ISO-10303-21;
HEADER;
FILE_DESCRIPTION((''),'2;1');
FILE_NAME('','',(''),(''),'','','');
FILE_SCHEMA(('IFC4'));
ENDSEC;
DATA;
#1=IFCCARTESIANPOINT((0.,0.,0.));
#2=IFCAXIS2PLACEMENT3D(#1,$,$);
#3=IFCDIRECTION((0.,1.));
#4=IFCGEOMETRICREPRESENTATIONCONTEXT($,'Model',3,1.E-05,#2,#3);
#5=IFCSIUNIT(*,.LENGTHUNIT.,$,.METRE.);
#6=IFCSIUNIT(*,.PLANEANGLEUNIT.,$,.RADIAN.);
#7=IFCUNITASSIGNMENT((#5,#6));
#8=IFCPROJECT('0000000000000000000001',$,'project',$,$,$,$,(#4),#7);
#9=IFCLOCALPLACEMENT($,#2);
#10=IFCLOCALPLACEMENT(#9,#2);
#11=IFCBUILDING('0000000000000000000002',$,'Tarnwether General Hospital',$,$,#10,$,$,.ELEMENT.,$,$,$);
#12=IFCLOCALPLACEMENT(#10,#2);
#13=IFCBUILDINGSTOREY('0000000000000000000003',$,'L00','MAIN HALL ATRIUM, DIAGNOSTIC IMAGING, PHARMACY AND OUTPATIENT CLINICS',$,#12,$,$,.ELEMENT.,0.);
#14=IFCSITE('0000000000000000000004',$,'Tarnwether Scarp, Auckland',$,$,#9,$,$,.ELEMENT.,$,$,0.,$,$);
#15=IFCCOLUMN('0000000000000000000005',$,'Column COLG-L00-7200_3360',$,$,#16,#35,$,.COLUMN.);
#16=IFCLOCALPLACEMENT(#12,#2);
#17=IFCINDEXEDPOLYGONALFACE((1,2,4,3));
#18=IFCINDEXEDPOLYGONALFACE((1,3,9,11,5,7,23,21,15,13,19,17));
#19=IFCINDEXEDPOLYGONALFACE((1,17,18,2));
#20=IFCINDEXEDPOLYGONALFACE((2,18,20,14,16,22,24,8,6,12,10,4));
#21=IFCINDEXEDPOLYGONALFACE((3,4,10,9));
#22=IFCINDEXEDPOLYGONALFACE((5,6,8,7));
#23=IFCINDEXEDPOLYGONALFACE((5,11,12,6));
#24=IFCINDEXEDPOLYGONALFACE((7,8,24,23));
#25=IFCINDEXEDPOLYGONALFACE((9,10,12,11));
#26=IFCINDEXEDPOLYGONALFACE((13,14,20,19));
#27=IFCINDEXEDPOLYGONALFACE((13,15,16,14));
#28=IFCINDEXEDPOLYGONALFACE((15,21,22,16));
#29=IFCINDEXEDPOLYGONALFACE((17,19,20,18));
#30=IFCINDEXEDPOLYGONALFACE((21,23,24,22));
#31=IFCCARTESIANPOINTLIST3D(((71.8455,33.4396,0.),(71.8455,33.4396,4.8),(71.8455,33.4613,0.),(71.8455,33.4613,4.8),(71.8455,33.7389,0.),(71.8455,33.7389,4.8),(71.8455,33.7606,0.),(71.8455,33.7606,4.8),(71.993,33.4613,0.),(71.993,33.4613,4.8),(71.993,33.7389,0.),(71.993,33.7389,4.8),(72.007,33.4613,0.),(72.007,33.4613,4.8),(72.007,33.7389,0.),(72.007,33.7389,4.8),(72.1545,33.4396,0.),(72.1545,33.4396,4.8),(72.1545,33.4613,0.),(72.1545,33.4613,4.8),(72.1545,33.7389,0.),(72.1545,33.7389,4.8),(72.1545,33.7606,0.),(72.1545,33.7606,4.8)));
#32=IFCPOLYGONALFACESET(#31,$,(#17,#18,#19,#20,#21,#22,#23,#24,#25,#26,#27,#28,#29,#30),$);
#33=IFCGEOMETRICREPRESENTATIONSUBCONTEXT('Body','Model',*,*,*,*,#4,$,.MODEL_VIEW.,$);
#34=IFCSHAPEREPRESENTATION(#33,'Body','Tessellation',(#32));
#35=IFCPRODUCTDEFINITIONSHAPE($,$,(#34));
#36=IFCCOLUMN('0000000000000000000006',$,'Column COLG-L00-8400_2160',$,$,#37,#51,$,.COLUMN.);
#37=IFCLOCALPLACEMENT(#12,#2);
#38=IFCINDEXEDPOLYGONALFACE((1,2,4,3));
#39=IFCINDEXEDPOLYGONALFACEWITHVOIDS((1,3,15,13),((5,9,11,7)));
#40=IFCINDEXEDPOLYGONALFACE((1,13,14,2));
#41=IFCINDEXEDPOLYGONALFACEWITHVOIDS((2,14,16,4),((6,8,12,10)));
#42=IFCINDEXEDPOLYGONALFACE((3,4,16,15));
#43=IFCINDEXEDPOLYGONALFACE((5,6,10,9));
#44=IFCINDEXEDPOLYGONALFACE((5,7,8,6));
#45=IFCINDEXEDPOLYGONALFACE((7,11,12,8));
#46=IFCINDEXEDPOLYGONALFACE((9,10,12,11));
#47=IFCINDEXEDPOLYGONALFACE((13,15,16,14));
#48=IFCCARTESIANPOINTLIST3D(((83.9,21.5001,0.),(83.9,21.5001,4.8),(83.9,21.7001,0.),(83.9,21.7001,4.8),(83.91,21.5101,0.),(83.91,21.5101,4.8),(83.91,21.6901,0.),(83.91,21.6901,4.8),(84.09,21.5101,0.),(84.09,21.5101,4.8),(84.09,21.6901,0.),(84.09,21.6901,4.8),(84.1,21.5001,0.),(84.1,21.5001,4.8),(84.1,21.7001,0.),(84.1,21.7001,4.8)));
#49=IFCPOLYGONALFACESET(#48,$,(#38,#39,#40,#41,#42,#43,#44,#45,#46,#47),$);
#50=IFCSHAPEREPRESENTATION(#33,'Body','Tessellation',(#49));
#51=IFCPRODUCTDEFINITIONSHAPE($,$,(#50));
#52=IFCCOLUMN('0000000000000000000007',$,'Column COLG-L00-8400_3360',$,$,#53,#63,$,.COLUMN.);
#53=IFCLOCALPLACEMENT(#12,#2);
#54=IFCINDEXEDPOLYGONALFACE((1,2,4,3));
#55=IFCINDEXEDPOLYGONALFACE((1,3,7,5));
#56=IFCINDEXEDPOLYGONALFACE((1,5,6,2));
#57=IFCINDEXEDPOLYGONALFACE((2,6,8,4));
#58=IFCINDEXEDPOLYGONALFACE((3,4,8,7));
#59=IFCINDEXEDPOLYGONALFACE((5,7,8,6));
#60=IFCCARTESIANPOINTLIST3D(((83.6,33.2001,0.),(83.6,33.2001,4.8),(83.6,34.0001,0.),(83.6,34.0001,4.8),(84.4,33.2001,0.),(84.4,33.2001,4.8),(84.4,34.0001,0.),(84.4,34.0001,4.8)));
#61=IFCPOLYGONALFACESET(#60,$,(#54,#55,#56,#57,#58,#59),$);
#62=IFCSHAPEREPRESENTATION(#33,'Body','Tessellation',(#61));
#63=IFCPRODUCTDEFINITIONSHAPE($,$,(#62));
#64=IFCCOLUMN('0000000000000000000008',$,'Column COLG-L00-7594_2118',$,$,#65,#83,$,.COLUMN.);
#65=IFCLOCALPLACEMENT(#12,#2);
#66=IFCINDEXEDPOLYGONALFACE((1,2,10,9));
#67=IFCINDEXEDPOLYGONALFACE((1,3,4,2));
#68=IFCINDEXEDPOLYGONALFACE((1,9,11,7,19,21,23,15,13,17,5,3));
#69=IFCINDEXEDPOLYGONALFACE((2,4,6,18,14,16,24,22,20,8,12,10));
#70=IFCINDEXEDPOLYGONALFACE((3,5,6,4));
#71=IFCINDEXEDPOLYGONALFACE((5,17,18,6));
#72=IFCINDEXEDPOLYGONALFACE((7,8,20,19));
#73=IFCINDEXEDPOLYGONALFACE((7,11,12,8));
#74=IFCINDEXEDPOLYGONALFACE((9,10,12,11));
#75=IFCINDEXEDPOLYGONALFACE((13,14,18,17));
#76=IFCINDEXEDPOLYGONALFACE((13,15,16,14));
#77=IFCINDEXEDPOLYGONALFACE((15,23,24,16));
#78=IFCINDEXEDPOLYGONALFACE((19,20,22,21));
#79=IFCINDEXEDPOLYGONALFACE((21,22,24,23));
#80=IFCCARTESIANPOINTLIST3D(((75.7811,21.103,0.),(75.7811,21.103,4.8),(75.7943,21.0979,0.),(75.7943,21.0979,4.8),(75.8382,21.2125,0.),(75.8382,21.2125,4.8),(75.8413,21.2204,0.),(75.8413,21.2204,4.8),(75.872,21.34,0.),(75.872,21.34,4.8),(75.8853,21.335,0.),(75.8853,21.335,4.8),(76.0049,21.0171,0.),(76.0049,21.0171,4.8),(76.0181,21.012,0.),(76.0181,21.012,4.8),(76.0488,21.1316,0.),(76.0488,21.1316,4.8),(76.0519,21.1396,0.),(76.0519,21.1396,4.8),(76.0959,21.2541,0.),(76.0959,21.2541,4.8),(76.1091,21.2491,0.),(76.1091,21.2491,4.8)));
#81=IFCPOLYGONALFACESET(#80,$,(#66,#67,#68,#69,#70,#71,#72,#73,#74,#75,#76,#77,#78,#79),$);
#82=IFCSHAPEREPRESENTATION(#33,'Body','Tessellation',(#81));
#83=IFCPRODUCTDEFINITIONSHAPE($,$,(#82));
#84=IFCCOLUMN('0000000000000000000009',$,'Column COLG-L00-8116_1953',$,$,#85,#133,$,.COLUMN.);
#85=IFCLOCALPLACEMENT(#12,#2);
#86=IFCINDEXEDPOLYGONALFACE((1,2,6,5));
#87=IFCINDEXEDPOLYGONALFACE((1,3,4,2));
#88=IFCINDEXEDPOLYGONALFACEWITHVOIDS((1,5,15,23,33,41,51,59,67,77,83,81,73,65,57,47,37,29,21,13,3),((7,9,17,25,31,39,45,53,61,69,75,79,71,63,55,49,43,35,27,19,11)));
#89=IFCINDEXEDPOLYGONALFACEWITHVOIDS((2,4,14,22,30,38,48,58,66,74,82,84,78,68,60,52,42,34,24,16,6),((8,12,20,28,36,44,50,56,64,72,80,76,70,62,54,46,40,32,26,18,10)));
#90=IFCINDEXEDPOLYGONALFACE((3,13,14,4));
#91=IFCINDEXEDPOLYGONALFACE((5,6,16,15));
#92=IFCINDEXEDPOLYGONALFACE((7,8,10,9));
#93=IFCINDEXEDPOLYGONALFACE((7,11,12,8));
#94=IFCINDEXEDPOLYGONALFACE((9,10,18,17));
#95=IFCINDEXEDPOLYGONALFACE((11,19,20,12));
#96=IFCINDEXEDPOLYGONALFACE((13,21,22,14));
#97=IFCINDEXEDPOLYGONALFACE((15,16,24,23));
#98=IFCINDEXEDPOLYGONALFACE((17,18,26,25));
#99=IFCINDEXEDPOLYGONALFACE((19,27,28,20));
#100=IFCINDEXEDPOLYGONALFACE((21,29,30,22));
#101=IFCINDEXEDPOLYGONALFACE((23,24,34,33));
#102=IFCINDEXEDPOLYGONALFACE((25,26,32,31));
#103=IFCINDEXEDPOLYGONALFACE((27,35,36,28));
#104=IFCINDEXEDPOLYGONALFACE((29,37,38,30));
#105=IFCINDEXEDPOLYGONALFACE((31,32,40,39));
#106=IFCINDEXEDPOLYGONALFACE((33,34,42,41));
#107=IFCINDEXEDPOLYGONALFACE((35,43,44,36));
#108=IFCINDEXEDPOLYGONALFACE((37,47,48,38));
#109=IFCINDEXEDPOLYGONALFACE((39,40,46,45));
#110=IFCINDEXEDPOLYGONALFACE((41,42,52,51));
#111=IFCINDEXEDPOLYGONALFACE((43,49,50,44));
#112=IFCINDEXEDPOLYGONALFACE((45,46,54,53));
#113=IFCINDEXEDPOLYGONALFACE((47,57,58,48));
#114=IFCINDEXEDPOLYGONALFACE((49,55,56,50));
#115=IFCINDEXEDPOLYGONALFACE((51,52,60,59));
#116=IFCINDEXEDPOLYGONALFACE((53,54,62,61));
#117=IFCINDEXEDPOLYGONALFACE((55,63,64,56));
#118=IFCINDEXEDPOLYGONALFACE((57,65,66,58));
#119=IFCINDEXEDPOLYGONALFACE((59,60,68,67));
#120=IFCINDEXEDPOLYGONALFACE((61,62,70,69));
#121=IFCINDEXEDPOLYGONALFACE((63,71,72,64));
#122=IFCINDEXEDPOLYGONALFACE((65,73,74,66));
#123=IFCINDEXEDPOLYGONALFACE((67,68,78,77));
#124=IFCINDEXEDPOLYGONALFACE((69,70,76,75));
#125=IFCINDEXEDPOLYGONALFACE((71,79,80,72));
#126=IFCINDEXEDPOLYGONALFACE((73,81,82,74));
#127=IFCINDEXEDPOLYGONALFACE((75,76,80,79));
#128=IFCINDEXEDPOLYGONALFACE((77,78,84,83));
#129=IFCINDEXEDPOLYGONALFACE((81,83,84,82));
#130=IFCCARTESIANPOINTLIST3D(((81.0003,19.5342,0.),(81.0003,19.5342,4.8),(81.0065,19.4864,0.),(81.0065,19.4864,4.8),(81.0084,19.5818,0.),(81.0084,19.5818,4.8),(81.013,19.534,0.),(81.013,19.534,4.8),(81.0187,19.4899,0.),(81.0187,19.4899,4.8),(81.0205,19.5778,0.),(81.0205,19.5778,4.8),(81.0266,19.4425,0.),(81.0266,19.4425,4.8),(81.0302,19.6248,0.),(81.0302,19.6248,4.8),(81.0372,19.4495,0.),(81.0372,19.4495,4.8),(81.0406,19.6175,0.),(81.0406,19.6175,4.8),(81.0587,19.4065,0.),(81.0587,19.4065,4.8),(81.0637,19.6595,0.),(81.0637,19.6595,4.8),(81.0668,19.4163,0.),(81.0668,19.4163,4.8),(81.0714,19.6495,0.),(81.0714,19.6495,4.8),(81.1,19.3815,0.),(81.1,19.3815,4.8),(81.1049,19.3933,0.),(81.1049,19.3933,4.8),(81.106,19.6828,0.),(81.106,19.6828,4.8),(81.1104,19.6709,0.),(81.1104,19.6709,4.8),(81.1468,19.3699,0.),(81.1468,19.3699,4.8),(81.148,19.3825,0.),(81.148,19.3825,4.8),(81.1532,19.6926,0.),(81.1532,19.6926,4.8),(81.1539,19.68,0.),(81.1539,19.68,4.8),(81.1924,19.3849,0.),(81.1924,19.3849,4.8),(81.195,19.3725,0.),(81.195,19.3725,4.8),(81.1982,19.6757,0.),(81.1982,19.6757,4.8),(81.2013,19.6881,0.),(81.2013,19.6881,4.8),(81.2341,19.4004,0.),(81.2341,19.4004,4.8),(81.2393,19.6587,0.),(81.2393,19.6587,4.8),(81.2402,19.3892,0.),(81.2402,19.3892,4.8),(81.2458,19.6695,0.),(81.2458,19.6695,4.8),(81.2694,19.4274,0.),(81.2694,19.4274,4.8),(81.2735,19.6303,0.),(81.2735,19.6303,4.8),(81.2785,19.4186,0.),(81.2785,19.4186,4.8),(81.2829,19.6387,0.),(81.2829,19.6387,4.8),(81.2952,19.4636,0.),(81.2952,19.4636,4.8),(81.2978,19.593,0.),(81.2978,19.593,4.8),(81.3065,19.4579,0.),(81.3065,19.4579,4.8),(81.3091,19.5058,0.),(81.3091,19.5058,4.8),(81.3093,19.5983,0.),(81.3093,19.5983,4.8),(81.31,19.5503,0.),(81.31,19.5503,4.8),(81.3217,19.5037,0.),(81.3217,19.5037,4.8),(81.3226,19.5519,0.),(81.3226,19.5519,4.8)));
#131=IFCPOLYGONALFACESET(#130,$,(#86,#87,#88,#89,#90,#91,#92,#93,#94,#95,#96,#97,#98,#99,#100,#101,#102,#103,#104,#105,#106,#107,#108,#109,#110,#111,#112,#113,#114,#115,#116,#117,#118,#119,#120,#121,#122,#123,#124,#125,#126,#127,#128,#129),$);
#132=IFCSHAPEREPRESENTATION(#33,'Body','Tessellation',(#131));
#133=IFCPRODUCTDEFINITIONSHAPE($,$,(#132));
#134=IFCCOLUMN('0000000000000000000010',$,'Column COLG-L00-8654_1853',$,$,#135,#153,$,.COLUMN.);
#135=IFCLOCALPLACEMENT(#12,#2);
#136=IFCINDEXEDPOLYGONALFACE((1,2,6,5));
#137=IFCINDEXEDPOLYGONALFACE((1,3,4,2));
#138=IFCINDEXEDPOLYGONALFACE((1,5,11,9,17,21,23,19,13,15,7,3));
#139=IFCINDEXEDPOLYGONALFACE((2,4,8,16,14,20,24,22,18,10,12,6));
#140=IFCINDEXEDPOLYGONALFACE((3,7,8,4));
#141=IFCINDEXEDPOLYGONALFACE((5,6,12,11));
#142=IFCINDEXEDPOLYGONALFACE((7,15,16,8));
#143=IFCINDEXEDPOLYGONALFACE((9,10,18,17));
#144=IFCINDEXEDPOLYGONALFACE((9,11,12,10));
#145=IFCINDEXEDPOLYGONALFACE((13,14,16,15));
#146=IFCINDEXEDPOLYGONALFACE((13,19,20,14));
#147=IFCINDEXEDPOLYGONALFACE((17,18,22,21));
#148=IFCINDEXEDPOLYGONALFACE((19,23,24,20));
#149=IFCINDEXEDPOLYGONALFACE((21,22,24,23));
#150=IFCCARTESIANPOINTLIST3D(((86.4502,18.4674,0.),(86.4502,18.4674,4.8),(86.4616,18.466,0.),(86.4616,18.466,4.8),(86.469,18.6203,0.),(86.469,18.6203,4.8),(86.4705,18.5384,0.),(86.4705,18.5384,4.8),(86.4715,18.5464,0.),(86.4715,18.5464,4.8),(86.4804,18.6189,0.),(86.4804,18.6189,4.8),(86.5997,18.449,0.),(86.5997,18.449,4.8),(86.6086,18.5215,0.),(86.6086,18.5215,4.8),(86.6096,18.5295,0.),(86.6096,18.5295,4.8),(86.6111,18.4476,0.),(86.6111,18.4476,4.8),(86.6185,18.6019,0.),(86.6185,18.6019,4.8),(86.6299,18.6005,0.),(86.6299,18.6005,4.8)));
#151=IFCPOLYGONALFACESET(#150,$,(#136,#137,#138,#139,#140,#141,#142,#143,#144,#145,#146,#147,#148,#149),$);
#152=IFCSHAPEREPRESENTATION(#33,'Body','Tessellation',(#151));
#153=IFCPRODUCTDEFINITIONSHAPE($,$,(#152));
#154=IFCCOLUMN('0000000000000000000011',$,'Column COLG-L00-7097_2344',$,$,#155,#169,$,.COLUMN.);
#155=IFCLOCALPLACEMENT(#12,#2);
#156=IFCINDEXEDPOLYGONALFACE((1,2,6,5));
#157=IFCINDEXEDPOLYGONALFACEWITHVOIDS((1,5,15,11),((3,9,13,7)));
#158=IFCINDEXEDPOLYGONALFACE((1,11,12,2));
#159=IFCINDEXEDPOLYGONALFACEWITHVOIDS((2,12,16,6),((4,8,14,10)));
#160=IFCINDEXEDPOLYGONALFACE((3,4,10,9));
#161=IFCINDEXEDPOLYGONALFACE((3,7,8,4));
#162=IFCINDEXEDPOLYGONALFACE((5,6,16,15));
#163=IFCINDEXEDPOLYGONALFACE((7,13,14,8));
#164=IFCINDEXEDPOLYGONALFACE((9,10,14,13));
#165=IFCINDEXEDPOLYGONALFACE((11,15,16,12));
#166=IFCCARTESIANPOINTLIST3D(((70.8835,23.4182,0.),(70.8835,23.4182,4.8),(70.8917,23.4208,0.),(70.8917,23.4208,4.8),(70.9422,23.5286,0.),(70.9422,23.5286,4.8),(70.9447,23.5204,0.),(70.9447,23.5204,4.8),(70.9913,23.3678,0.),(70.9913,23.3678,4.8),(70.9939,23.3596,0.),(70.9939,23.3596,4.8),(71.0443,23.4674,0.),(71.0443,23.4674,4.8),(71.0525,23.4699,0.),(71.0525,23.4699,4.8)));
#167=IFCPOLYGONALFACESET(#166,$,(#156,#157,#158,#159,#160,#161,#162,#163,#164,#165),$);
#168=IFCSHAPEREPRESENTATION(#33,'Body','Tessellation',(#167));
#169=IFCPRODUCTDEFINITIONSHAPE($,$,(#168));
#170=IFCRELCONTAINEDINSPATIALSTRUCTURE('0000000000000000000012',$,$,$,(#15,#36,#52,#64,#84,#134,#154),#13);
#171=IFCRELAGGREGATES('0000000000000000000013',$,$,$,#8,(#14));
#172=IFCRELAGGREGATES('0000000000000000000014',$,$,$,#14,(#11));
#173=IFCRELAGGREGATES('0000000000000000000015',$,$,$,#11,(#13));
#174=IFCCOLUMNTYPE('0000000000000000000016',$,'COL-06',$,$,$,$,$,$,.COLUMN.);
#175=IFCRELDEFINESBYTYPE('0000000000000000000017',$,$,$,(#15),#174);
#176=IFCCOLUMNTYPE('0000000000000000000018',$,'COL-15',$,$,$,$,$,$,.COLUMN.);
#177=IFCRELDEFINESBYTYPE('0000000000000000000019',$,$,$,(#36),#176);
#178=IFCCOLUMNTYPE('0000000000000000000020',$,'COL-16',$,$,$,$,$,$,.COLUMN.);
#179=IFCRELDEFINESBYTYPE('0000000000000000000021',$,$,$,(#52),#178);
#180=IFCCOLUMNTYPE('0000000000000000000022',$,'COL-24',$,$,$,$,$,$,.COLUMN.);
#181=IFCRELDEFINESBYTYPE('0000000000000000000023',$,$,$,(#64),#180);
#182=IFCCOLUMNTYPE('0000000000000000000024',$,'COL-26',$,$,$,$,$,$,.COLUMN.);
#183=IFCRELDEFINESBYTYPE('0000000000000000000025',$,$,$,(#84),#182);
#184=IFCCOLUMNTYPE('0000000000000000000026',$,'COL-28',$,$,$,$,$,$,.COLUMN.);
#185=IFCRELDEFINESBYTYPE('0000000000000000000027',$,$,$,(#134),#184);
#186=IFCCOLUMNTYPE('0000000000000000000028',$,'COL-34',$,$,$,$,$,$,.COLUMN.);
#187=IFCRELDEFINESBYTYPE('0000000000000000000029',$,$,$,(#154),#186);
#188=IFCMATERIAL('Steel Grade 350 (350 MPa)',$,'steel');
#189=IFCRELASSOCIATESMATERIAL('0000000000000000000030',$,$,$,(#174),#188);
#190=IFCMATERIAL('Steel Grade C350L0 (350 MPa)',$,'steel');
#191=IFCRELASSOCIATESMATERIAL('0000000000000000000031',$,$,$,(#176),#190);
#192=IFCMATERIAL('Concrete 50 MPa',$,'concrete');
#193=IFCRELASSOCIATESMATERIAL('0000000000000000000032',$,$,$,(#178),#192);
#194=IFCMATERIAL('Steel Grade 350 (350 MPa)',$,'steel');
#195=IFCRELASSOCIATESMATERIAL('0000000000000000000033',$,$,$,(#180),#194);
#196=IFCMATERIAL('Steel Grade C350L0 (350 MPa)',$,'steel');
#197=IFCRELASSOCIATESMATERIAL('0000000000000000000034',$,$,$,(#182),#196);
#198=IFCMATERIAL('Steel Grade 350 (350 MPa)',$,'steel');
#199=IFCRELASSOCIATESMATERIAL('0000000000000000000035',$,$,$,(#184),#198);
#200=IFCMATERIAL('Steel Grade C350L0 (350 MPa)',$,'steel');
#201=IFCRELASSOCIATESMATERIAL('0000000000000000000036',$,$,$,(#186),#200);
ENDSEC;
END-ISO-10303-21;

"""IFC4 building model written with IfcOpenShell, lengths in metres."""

from ifc_helpers import new_model, si_unit, direction, frame, origin, origin_2d, place, context, subcontext, project, spatial, rectangle, hollow_rectangle, hollow_circle, i_section, extrude, material, material_profile, profile_set, type_object, element, save


model = new_model("IFC4")

# Units and contexts
model_context = context("Model", 3, precision=1e-05, world=origin(), true_north=direction((0.0, 1.0)))
body_context = subcontext(model_context, "Body", "Model", "MODEL_VIEW")
ifc_project = project(units=[si_unit("LENGTHUNIT", "METRE"), si_unit("PLANEANGLEUNIT", "RADIAN")], contexts=[model_context])

# Site, building, storey
site_placement = place(None, origin())
site = spatial("IfcSite", under=ifc_project, at=site_placement, Name="Tarnwether Scarp, Auckland", CompositionType="ELEMENT", RefElevation=0.0)
building_placement = place(site_placement, origin())
building = spatial("IfcBuilding", under=site, at=building_placement, Name="Tarnwether General Hospital", CompositionType="ELEMENT")
storey_placement = place(building_placement, origin())
storey = spatial("IfcBuildingStorey", under=building, at=storey_placement, Name="L00", Description="MAIN HALL ATRIUM, DIAGNOSTIC IMAGING, PHARMACY AND OUTPATIENT CLINICS", CompositionType="ELEMENT", Elevation=0.0)

# Columns
ifc_material_1 = material(Name="Steel Grade 350 (350 MPa)", Category="steel")
ifc_material_profile_1 = material_profile(ifc_material_1, i_section(OverallWidth=0.3091, OverallDepth=0.321, WebThickness=0.0139, FlangeThickness=0.0217, at=origin_2d()), Name="310UC137")
ifc_profile_set_1 = profile_set([ifc_material_profile_1], Name="Steel Grade 350 (350 MPa)")
column_type_1 = type_object("IfcColumnType", Name="COL-06", PredefinedType="COLUMN", material=ifc_profile_set_1)
column_1_placement = place(storey_placement, frame((72.0, 33.6001, 0.0), z_axis=(0.0, 0.0, 1.0), x_axis=(1.0, 0.0, 0.0)))
element("IfcColumn", 1, at=column_1_placement, inside=storey, type_object=column_type_1, Name="Column COLG-L00-7200_3360", PredefinedType="COLUMN", context=body_context, shape_type="SweptSolid", body=[
    extrude(i_section(OverallWidth=0.3091, OverallDepth=0.321, WebThickness=0.0139, FlangeThickness=0.0217, at=origin_2d()), origin(), (0.0, 0.0, 1.0), 4.8),
])
ifc_material_2 = material(Name="Steel Grade C350L0 (350 MPa)", Category="steel")
ifc_material_profile_2 = material_profile(ifc_material_2, hollow_rectangle(XDim=0.2, YDim=0.2, WallThickness=0.01, at=origin_2d()), Name="SHS200x200x10")
ifc_profile_set_2 = profile_set([ifc_material_profile_2], Name="Steel Grade C350L0 (350 MPa)")
column_type_2 = type_object("IfcColumnType", Name="COL-15", PredefinedType="COLUMN", material=ifc_profile_set_2)
column_2_placement = place(storey_placement, frame((84.0, 21.6001, 0.0), z_axis=(0.0, 0.0, 1.0), x_axis=(0.0, 1.0, 0.0)))
element("IfcColumn", 2, at=column_2_placement, inside=storey, type_object=column_type_2, Name="Column COLG-L00-8400_2160", PredefinedType="COLUMN", context=body_context, shape_type="SweptSolid", body=[
    extrude(hollow_rectangle(XDim=0.2, YDim=0.2, WallThickness=0.01, at=origin_2d()), origin(), (0.0, 0.0, 1.0), 4.8),
])
ifc_material_3 = material(Name="Concrete 50 MPa", Category="concrete")
ifc_material_profile_3 = material_profile(ifc_material_3, rectangle(XDim=0.8, YDim=0.8, at=origin_2d()), Name="RC-COL-800x800")
ifc_profile_set_3 = profile_set([ifc_material_profile_3], Name="Concrete 50 MPa")
column_type_3 = type_object("IfcColumnType", Name="COL-16", PredefinedType="COLUMN", material=ifc_profile_set_3)
column_3_placement = place(storey_placement, frame((84.0, 33.6001, 0.0), z_axis=(0.0, 0.0, 1.0), x_axis=(0.0, 1.0, 0.0)))
element("IfcColumn", 3, at=column_3_placement, inside=storey, type_object=column_type_3, Name="Column COLG-L00-8400_3360", PredefinedType="COLUMN", context=body_context, shape_type="SweptSolid", body=[
    extrude(rectangle(XDim=0.8, YDim=0.8, at=origin_2d()), origin(), (0.0, 0.0, 1.0), 4.8),
])
ifc_material_4 = material(Name="Steel Grade 350 (350 MPa)", Category="steel")
ifc_material_profile_4 = material_profile(ifc_material_4, i_section(OverallWidth=0.2539, OverallDepth=0.2539, WebThickness=0.0085, FlangeThickness=0.0142, at=origin_2d()), Name="250UC72.9")
ifc_profile_set_4 = profile_set([ifc_material_profile_4], Name="Steel Grade 350 (350 MPa)")
column_type_4 = type_object("IfcColumnType", Name="COL-24", PredefinedType="COLUMN", material=ifc_profile_set_4)
column_4_placement = place(storey_placement, frame((75.9451, 21.176, 0.0), z_axis=(0.0, 0.0, 1.0), x_axis=(0.358368, 0.93358, 0.0)))
element("IfcColumn", 4, at=column_4_placement, inside=storey, type_object=column_type_4, Name="Column COLG-L00-7594_2118", PredefinedType="COLUMN", context=body_context, shape_type="SweptSolid", body=[
    extrude(i_section(OverallWidth=0.2539, OverallDepth=0.2539, WebThickness=0.0085, FlangeThickness=0.0142, at=origin_2d()), origin(), (0.0, 0.0, 1.0), 4.8),
])
ifc_material_5 = material(Name="Steel Grade C350L0 (350 MPa)", Category="steel")
ifc_material_profile_5 = material_profile(ifc_material_5, hollow_circle(Radius=0.1619, WallThickness=0.0127, at=origin_2d()), Name="CHS323.9x12.7")
ifc_profile_set_5 = profile_set([ifc_material_profile_5], Name="Steel Grade C350L0 (350 MPa)")
column_type_5 = type_object("IfcColumnType", Name="COL-26", PredefinedType="COLUMN", material=ifc_profile_set_5)
column_5_placement = place(storey_placement, frame((81.1621, 19.531, 0.0), z_axis=(0.0, 0.0, 1.0), x_axis=(0.241922, 0.970296, 0.0)))
element("IfcColumn", 5, at=column_5_placement, inside=storey, type_object=column_type_5, Name="Column COLG-L00-8116_1953", PredefinedType="COLUMN", context=body_context, shape_type="SweptSolid", body=[
    extrude(hollow_circle(Radius=0.1619, WallThickness=0.0127, at=origin_2d()), origin(), (0.0, 0.0, 1.0), 4.8),
])
ifc_material_6 = material(Name="Steel Grade 350 (350 MPa)", Category="steel")
ifc_material_profile_6 = material_profile(ifc_material_6, i_section(OverallWidth=0.1541, OverallDepth=0.1621, WebThickness=0.0081, FlangeThickness=0.0115, at=origin_2d()), Name="150UC37.2")
ifc_profile_set_6 = profile_set([ifc_material_profile_6], Name="Steel Grade 350 (350 MPa)")
column_type_6 = type_object("IfcColumnType", Name="COL-28", PredefinedType="COLUMN", material=ifc_profile_set_6)
column_6_placement = place(storey_placement, frame((86.54, 18.5339, 0.0), z_axis=(0.0, 0.0, 1.0), x_axis=(0.121869, 0.992546, 0.0)))
element("IfcColumn", 6, at=column_6_placement, inside=storey, type_object=column_type_6, Name="Column COLG-L00-8654_1853", PredefinedType="COLUMN", context=body_context, shape_type="SweptSolid", body=[
    extrude(i_section(OverallWidth=0.1541, OverallDepth=0.1621, WebThickness=0.0081, FlangeThickness=0.0115, at=origin_2d()), origin(), (0.0, 0.0, 1.0), 4.8),
])
ifc_material_7 = material(Name="Steel Grade C350L0 (350 MPa)", Category="steel")
ifc_material_profile_7 = material_profile(ifc_material_7, hollow_rectangle(XDim=0.125, YDim=0.125, WallThickness=0.0061, at=origin_2d()), Name="SHS125x125x6")
ifc_profile_set_7 = profile_set([ifc_material_profile_7], Name="Steel Grade C350L0 (350 MPa)")
column_type_7 = type_object("IfcColumnType", Name="COL-34", PredefinedType="COLUMN", material=ifc_profile_set_7)
column_7_placement = place(storey_placement, frame((70.968, 23.4441, 0.0), z_axis=(0.0, 0.0, 1.0), x_axis=(0.469472, 0.882948, 0.0)))
element("IfcColumn", 7, at=column_7_placement, inside=storey, type_object=column_type_7, Name="Column COLG-L00-7097_2344", PredefinedType="COLUMN", context=body_context, shape_type="SweptSolid", body=[
    extrude(hollow_rectangle(XDim=0.125, YDim=0.125, WallThickness=0.0061, at=origin_2d()), origin(), (0.0, 0.0, 1.0), 4.8),
])

save(model, "model.ifc")
